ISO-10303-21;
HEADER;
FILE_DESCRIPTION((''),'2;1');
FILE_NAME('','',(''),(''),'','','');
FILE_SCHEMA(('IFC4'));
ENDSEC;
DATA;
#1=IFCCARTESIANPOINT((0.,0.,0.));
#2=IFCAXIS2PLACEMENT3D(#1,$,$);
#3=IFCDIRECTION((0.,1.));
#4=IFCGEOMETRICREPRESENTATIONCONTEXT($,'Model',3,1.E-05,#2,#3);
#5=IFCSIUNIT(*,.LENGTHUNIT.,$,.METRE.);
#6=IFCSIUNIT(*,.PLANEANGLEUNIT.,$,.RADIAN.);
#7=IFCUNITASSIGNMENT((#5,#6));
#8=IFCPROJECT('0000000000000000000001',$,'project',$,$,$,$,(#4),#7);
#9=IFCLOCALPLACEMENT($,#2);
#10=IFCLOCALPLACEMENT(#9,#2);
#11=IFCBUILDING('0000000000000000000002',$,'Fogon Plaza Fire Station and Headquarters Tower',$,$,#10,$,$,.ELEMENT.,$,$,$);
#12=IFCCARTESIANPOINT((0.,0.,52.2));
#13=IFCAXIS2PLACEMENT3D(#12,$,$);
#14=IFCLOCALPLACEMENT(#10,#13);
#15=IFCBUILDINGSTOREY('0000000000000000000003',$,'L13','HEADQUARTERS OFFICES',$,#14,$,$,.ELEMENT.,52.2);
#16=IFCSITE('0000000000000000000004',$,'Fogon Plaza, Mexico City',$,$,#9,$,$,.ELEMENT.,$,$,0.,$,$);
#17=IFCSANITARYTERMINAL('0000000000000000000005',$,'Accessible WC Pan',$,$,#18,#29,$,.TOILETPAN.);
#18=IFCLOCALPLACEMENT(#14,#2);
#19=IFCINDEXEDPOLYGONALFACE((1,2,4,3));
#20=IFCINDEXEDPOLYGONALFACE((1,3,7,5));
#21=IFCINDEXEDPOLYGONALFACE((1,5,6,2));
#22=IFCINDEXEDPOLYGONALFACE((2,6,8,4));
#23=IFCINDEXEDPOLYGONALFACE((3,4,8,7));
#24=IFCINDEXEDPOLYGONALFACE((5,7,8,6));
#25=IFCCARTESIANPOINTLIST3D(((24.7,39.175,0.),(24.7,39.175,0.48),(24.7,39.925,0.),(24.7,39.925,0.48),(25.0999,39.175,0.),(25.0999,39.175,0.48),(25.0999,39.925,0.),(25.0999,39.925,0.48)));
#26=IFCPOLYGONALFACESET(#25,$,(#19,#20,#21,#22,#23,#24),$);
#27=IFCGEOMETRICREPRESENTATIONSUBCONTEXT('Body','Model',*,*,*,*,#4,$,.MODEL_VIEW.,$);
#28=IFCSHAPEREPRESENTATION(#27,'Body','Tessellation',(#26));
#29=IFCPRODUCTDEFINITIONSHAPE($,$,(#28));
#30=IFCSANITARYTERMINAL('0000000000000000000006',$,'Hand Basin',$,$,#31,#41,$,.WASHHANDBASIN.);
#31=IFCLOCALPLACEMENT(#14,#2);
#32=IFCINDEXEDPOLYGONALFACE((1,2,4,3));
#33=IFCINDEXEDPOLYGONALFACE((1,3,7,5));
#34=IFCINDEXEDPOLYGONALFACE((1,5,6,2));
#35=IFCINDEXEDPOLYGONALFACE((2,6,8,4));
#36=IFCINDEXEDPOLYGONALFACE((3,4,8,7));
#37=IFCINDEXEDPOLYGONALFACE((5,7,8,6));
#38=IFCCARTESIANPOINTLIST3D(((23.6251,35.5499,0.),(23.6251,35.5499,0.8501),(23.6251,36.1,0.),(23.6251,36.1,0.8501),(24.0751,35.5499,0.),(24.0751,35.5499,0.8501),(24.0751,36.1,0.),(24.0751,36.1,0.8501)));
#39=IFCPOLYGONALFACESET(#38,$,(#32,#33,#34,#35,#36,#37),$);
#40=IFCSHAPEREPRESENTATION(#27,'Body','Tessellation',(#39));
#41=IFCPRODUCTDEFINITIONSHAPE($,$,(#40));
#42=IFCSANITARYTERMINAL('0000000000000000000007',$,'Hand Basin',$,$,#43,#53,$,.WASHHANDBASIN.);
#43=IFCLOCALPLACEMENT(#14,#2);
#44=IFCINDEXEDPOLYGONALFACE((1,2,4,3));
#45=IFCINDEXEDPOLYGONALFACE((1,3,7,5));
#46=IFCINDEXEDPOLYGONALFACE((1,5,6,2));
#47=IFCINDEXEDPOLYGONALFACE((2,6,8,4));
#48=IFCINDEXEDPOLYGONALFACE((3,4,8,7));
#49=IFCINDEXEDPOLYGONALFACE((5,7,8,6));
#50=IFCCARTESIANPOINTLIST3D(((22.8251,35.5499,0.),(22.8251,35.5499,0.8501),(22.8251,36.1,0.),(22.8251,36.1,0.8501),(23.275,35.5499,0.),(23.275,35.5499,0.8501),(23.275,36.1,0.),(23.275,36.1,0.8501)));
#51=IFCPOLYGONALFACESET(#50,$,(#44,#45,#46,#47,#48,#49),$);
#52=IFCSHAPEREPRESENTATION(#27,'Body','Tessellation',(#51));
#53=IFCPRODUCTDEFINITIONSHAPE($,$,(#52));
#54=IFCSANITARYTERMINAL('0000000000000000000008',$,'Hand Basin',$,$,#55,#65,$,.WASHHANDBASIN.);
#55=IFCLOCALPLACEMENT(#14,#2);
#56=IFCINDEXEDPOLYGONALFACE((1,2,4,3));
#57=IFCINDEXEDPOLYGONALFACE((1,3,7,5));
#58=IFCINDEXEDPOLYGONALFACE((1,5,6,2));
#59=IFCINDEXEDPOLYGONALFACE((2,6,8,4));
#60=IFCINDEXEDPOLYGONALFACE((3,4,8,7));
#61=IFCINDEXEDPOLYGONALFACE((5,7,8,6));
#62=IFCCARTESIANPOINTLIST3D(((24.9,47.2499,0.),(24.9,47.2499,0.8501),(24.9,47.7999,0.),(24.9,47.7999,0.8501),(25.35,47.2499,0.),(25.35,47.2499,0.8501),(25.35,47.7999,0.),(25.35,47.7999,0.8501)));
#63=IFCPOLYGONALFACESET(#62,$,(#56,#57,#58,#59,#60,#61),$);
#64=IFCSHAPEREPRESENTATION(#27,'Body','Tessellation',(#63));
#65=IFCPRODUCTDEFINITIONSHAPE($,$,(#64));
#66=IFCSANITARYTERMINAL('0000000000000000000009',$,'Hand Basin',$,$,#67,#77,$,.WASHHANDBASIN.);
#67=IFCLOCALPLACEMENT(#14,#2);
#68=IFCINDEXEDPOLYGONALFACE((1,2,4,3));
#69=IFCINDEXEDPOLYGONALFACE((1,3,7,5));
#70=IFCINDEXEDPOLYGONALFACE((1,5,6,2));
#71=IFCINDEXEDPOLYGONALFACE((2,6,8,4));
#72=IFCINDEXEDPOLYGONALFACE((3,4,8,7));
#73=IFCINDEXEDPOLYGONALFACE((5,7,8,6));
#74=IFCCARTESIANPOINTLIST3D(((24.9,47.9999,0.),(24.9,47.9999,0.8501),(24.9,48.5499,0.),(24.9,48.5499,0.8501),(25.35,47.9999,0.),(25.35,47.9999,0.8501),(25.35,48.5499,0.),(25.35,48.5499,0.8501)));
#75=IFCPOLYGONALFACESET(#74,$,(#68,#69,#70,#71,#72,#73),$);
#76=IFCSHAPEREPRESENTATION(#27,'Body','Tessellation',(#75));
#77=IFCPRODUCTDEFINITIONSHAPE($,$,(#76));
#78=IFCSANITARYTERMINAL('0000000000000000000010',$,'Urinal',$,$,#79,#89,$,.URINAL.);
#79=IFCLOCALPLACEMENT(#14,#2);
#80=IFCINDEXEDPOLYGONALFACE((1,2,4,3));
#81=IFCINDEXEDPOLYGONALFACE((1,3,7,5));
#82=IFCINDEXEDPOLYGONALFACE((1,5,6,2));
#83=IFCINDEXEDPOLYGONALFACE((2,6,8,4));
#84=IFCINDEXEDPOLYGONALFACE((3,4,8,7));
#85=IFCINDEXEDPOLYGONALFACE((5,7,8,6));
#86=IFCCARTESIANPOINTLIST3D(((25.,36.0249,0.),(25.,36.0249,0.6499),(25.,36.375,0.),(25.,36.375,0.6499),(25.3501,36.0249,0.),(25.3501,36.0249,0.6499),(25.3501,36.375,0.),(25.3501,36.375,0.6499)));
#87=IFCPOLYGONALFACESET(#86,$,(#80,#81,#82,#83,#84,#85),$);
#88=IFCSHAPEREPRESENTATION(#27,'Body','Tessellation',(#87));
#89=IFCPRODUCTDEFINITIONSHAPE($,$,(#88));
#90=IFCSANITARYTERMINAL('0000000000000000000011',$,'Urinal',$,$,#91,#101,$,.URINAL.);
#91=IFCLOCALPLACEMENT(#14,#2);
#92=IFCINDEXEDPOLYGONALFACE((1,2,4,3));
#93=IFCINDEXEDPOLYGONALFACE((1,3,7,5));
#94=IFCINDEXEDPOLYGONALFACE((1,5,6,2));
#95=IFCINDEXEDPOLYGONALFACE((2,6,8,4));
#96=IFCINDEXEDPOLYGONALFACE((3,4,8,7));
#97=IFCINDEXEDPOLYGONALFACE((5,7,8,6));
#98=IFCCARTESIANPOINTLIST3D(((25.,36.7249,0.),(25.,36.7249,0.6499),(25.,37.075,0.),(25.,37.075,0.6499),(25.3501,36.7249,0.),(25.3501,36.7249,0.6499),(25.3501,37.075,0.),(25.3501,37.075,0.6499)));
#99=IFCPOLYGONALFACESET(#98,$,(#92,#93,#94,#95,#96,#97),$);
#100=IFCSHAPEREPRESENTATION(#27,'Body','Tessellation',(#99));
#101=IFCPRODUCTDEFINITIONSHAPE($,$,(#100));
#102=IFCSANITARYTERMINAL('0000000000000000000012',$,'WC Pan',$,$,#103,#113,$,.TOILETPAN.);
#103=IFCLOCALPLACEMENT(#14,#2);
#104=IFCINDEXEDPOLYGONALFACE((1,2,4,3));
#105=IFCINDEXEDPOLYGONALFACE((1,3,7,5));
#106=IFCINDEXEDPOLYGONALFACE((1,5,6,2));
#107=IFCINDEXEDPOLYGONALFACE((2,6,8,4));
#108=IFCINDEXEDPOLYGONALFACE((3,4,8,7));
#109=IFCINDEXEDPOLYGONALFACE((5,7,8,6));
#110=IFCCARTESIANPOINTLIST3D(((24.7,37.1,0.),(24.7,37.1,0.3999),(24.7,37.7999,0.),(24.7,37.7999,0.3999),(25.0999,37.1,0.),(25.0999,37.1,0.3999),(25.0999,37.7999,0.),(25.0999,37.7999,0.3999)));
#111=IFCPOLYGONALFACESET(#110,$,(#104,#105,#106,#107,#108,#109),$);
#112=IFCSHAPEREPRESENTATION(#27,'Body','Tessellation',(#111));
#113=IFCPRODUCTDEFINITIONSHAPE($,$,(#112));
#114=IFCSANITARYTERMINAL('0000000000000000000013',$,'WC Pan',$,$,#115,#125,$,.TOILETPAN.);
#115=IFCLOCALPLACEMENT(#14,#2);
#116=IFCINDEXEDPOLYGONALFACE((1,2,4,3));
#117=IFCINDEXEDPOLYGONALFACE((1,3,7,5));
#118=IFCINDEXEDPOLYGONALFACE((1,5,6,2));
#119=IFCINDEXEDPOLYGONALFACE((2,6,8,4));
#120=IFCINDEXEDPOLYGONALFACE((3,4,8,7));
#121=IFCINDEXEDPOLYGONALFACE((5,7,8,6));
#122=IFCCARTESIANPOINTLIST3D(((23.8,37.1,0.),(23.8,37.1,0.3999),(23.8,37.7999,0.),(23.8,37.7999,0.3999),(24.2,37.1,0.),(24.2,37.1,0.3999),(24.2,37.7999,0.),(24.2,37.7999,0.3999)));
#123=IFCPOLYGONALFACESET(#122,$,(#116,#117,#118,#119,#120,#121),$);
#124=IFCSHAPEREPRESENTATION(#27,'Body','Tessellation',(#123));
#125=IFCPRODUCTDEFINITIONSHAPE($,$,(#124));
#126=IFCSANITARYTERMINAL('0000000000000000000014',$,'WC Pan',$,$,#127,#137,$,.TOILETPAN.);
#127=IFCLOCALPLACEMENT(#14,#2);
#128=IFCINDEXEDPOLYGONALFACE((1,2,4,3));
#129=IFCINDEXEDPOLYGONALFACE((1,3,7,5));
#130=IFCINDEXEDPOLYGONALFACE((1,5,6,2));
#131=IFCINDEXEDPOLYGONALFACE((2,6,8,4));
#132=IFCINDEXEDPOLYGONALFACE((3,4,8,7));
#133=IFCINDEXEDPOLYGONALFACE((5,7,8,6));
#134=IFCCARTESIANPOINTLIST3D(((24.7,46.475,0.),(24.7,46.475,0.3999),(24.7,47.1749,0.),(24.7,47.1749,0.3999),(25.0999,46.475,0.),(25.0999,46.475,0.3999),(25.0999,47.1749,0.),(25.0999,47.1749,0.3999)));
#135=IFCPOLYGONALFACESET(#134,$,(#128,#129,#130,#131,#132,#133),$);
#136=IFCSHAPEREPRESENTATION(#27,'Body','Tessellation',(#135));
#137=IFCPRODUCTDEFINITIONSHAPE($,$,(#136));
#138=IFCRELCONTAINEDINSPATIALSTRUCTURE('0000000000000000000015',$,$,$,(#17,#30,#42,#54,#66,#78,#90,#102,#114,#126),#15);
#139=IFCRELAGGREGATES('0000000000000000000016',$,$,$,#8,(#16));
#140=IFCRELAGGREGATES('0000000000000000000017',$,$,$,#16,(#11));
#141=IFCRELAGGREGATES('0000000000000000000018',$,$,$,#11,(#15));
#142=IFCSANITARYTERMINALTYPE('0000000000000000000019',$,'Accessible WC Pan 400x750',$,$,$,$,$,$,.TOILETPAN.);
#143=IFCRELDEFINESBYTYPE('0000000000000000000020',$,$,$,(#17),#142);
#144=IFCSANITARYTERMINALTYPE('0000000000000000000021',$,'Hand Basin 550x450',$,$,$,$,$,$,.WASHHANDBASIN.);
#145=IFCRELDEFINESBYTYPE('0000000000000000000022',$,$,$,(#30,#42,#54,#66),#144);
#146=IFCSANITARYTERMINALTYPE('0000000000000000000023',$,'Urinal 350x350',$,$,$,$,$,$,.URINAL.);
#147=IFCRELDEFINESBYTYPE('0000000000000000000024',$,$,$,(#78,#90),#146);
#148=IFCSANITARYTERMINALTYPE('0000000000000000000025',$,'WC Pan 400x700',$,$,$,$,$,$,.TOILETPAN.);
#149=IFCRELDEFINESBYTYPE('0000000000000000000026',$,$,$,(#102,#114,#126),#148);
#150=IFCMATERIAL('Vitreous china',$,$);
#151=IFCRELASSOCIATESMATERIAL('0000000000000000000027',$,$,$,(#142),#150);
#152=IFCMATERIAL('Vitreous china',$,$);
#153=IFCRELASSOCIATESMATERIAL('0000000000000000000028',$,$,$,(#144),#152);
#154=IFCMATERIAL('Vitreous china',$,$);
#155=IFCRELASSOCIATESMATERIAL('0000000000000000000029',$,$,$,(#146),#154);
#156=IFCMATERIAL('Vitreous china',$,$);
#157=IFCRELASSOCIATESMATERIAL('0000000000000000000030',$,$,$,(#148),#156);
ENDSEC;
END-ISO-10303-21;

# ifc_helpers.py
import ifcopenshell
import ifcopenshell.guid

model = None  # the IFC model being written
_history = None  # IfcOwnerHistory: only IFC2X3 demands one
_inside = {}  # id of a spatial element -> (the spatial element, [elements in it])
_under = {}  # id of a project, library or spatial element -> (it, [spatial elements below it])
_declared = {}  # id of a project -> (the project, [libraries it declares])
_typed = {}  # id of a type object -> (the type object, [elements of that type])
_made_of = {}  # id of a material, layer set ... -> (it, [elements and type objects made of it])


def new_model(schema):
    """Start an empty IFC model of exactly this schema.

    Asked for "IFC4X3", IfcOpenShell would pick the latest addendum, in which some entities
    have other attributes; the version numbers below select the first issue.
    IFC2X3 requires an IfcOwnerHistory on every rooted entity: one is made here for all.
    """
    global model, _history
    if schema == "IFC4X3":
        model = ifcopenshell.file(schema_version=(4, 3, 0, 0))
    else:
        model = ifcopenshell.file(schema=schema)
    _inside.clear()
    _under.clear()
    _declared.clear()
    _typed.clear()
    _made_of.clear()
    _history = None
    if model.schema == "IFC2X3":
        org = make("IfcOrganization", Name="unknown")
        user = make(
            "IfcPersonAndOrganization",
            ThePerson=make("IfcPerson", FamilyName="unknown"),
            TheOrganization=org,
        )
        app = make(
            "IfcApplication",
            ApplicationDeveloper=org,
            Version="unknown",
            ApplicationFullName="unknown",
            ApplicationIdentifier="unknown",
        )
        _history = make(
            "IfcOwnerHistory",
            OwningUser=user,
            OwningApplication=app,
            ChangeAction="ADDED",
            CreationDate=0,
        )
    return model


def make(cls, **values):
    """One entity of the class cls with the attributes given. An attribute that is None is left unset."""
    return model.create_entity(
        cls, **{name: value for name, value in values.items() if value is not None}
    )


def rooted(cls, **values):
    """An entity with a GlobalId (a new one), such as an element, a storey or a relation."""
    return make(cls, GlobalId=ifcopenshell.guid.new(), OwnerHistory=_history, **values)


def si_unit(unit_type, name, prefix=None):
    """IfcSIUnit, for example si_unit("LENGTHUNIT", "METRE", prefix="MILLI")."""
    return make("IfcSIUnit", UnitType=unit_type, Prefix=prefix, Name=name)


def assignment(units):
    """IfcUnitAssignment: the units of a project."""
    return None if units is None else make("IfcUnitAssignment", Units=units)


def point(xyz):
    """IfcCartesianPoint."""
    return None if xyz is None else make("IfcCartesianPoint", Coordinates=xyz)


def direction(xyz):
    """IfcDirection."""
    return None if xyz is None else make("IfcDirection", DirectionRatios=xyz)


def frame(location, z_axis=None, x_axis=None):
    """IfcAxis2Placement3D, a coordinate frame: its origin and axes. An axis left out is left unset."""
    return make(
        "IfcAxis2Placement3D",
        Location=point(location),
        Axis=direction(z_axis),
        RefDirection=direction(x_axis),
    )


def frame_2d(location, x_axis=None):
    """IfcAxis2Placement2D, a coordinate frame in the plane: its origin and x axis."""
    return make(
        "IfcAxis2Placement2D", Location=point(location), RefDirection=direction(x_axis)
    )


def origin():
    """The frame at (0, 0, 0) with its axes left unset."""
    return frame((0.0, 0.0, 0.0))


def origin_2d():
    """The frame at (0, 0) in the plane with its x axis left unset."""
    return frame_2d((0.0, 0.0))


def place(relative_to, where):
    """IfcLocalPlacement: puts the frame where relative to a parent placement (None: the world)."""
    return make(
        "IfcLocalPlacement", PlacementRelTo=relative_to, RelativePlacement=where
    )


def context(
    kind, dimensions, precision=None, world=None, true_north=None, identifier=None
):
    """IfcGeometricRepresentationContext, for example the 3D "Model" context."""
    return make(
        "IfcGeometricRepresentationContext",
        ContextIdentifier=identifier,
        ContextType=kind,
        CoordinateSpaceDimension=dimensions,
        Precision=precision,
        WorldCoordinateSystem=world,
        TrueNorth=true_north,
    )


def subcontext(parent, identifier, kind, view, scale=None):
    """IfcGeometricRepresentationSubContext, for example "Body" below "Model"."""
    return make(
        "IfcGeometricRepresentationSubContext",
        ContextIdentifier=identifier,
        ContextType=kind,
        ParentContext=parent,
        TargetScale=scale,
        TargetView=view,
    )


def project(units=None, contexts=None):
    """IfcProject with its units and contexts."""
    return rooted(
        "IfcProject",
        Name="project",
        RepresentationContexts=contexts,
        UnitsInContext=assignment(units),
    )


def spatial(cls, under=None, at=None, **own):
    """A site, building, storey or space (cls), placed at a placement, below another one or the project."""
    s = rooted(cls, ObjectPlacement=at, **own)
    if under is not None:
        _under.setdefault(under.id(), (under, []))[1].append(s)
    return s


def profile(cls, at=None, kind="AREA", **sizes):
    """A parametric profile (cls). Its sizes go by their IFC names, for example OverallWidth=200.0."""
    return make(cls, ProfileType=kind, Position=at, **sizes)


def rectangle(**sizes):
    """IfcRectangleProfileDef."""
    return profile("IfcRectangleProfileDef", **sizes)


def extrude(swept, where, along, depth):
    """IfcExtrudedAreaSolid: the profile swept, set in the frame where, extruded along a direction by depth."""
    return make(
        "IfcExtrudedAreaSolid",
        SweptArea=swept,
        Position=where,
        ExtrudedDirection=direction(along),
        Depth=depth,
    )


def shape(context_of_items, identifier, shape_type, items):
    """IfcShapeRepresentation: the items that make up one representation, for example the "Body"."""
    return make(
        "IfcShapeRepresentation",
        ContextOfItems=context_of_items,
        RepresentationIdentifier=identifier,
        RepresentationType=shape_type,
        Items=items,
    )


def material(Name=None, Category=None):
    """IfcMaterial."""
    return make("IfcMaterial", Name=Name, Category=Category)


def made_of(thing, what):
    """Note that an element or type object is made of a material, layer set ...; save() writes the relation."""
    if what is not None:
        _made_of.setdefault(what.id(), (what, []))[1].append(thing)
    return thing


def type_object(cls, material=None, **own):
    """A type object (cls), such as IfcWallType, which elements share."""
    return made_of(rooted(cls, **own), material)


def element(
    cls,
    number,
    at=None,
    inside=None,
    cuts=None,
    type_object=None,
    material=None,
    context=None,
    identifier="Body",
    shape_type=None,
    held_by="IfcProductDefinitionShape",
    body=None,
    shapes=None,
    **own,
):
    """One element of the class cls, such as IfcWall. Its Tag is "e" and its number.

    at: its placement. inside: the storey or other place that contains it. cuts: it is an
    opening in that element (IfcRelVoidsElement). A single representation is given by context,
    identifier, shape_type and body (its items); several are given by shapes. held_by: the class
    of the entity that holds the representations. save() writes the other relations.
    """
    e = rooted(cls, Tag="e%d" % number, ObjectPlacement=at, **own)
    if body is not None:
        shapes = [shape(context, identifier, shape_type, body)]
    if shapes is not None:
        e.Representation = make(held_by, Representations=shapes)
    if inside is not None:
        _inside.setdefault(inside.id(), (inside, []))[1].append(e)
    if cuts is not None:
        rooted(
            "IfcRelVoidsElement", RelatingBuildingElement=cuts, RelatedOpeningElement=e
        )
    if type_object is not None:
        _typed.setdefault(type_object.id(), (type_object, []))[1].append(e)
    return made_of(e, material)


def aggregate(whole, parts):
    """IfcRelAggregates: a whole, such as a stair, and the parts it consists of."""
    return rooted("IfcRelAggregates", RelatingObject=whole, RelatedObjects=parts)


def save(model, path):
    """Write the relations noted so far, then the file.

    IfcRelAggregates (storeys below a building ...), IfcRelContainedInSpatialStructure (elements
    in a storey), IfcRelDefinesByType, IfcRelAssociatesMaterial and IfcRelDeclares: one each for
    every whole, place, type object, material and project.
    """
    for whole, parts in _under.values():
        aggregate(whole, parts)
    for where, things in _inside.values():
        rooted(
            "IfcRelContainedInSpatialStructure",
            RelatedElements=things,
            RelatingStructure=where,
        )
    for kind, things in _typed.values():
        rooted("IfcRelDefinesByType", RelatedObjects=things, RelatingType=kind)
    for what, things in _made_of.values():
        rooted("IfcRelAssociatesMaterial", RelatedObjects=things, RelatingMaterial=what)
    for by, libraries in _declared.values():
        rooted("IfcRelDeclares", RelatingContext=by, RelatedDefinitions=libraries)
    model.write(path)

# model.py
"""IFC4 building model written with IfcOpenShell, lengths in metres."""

from ifc_helpers import new_model, si_unit, direction, frame, origin, origin_2d, place, context, subcontext, project, spatial, rectangle, extrude, material, type_object, element, save


model = new_model("IFC4")

# Units and contexts
model_context = context("Model", 3, precision=1e-05, world=origin(), true_north=direction((0.0, 1.0)))
body_context = subcontext(model_context, "Body", "Model", "MODEL_VIEW")
ifc_project = project(units=[si_unit("LENGTHUNIT", "METRE"), si_unit("PLANEANGLEUNIT", "RADIAN")], contexts=[model_context])

# Site, building, storey
site_placement = place(None, origin())
site = spatial("IfcSite", under=ifc_project, at=site_placement, Name="Fogon Plaza, Mexico City", CompositionType="ELEMENT", RefElevation=0.0)
building_placement = place(site_placement, origin())
building = spatial("IfcBuilding", under=site, at=building_placement, Name="Fogon Plaza Fire Station and Headquarters Tower", CompositionType="ELEMENT")
storey_placement = place(building_placement, frame((0.0, 0.0, 52.2)))
storey = spatial("IfcBuildingStorey", under=building, at=storey_placement, Name="L13", Description="HEADQUARTERS OFFICES", CompositionType="ELEMENT", Elevation=52.2)

# Sanitary terminals
ifc_material_1 = material(Name="Vitreous china")
sanitary_terminal_type_1 = type_object("IfcSanitaryTerminalType", Name="Accessible WC Pan 400x750", PredefinedType="TOILETPAN", material=ifc_material_1)
sanitary_terminal_1_placement = place(storey_placement, frame((24.8999, 39.55, 0.0), z_axis=(0.0, 0.0, 1.0), x_axis=(1.0, 0.0, 0.0)))
element("IfcSanitaryTerminal", 1, at=sanitary_terminal_1_placement, inside=storey, type_object=sanitary_terminal_type_1, Name="Accessible WC Pan", PredefinedType="TOILETPAN", context=body_context, shape_type="SweptSolid", body=[
    extrude(rectangle(XDim=0.3999, YDim=0.75, at=origin_2d()), origin(), (0.0, 0.0, 1.0), 0.48),
])
ifc_material_2 = material(Name="Vitreous china")
sanitary_terminal_type_2 = type_object("IfcSanitaryTerminalType", Name="Hand Basin 550x450", PredefinedType="WASHHANDBASIN", material=ifc_material_2)
for number, where, z_axis, x_axis, name in (
    (2, (23.8501, 35.825, 0.0), (0.0, 0.0, 1.0), (1.0, 0.0, 0.0), "Hand Basin"),
    (3, (23.05, 35.825, 0.0), (0.0, 0.0, 1.0), (1.0, 0.0, 0.0), "Hand Basin"),
    (4, (25.125, 47.5249, 0.0), (0.0, 0.0, 1.0), (1.0, 0.0, 0.0), "Hand Basin"),
    (5, (25.125, 48.2749, 0.0), (0.0, 0.0, 1.0), (1.0, 0.0, 0.0), "Hand Basin"),
):
    element("IfcSanitaryTerminal", number, at=place(storey_placement, frame(where, z_axis=z_axis, x_axis=x_axis)), inside=storey, type_object=sanitary_terminal_type_2, Name=name, PredefinedType="WASHHANDBASIN", context=body_context, shape_type="SweptSolid", body=[
        extrude(rectangle(XDim=0.45, YDim=0.55, at=origin_2d()), origin(), (0.0, 0.0, 1.0), 0.8501),
    ])
ifc_material_3 = material(Name="Vitreous china")
sanitary_terminal_type_3 = type_object("IfcSanitaryTerminalType", Name="Urinal 350x350", PredefinedType="URINAL", material=ifc_material_3)
for number, where, z_axis, x_axis, name in (
    (6, (25.175, 36.2, 0.0), (0.0, 0.0, 1.0), (1.0, 0.0, 0.0), "Urinal"),
    (7, (25.175, 36.8999, 0.0), (0.0, 0.0, 1.0), (1.0, 0.0, 0.0), "Urinal"),
):
    element("IfcSanitaryTerminal", number, at=place(storey_placement, frame(where, z_axis=z_axis, x_axis=x_axis)), inside=storey, type_object=sanitary_terminal_type_3, Name=name, PredefinedType="URINAL", context=body_context, shape_type="SweptSolid", body=[
        extrude(rectangle(XDim=0.3501, YDim=0.3501, at=origin_2d()), origin(), (0.0, 0.0, 1.0), 0.6499),
    ])
ifc_material_4 = material(Name="Vitreous china")
sanitary_terminal_type_4 = type_object("IfcSanitaryTerminalType", Name="WC Pan 400x700", PredefinedType="TOILETPAN", material=ifc_material_4)
for number, where, z_axis, x_axis, name in (
    (8, (24.8999, 37.45, 0.0), (0.0, 0.0, 1.0), (1.0, 0.0, 0.0), "WC Pan"),
    (9, (24.0, 37.45, 0.0), (0.0, 0.0, 1.0), (1.0, 0.0, 0.0), "WC Pan"),
    (10, (24.8999, 46.825, 0.0), (0.0, 0.0, 1.0), (1.0, 0.0, 0.0), "WC Pan"),
):
    element("IfcSanitaryTerminal", number, at=place(storey_placement, frame(where, z_axis=z_axis, x_axis=x_axis)), inside=storey, type_object=sanitary_terminal_type_4, Name=name, PredefinedType="TOILETPAN", context=body_context, shape_type="SweptSolid", body=[
        extrude(rectangle(XDim=0.3999, YDim=0.7, at=origin_2d()), origin(), (0.0, 0.0, 1.0), 0.3999),
    ])

save(model, "model.ifc")
